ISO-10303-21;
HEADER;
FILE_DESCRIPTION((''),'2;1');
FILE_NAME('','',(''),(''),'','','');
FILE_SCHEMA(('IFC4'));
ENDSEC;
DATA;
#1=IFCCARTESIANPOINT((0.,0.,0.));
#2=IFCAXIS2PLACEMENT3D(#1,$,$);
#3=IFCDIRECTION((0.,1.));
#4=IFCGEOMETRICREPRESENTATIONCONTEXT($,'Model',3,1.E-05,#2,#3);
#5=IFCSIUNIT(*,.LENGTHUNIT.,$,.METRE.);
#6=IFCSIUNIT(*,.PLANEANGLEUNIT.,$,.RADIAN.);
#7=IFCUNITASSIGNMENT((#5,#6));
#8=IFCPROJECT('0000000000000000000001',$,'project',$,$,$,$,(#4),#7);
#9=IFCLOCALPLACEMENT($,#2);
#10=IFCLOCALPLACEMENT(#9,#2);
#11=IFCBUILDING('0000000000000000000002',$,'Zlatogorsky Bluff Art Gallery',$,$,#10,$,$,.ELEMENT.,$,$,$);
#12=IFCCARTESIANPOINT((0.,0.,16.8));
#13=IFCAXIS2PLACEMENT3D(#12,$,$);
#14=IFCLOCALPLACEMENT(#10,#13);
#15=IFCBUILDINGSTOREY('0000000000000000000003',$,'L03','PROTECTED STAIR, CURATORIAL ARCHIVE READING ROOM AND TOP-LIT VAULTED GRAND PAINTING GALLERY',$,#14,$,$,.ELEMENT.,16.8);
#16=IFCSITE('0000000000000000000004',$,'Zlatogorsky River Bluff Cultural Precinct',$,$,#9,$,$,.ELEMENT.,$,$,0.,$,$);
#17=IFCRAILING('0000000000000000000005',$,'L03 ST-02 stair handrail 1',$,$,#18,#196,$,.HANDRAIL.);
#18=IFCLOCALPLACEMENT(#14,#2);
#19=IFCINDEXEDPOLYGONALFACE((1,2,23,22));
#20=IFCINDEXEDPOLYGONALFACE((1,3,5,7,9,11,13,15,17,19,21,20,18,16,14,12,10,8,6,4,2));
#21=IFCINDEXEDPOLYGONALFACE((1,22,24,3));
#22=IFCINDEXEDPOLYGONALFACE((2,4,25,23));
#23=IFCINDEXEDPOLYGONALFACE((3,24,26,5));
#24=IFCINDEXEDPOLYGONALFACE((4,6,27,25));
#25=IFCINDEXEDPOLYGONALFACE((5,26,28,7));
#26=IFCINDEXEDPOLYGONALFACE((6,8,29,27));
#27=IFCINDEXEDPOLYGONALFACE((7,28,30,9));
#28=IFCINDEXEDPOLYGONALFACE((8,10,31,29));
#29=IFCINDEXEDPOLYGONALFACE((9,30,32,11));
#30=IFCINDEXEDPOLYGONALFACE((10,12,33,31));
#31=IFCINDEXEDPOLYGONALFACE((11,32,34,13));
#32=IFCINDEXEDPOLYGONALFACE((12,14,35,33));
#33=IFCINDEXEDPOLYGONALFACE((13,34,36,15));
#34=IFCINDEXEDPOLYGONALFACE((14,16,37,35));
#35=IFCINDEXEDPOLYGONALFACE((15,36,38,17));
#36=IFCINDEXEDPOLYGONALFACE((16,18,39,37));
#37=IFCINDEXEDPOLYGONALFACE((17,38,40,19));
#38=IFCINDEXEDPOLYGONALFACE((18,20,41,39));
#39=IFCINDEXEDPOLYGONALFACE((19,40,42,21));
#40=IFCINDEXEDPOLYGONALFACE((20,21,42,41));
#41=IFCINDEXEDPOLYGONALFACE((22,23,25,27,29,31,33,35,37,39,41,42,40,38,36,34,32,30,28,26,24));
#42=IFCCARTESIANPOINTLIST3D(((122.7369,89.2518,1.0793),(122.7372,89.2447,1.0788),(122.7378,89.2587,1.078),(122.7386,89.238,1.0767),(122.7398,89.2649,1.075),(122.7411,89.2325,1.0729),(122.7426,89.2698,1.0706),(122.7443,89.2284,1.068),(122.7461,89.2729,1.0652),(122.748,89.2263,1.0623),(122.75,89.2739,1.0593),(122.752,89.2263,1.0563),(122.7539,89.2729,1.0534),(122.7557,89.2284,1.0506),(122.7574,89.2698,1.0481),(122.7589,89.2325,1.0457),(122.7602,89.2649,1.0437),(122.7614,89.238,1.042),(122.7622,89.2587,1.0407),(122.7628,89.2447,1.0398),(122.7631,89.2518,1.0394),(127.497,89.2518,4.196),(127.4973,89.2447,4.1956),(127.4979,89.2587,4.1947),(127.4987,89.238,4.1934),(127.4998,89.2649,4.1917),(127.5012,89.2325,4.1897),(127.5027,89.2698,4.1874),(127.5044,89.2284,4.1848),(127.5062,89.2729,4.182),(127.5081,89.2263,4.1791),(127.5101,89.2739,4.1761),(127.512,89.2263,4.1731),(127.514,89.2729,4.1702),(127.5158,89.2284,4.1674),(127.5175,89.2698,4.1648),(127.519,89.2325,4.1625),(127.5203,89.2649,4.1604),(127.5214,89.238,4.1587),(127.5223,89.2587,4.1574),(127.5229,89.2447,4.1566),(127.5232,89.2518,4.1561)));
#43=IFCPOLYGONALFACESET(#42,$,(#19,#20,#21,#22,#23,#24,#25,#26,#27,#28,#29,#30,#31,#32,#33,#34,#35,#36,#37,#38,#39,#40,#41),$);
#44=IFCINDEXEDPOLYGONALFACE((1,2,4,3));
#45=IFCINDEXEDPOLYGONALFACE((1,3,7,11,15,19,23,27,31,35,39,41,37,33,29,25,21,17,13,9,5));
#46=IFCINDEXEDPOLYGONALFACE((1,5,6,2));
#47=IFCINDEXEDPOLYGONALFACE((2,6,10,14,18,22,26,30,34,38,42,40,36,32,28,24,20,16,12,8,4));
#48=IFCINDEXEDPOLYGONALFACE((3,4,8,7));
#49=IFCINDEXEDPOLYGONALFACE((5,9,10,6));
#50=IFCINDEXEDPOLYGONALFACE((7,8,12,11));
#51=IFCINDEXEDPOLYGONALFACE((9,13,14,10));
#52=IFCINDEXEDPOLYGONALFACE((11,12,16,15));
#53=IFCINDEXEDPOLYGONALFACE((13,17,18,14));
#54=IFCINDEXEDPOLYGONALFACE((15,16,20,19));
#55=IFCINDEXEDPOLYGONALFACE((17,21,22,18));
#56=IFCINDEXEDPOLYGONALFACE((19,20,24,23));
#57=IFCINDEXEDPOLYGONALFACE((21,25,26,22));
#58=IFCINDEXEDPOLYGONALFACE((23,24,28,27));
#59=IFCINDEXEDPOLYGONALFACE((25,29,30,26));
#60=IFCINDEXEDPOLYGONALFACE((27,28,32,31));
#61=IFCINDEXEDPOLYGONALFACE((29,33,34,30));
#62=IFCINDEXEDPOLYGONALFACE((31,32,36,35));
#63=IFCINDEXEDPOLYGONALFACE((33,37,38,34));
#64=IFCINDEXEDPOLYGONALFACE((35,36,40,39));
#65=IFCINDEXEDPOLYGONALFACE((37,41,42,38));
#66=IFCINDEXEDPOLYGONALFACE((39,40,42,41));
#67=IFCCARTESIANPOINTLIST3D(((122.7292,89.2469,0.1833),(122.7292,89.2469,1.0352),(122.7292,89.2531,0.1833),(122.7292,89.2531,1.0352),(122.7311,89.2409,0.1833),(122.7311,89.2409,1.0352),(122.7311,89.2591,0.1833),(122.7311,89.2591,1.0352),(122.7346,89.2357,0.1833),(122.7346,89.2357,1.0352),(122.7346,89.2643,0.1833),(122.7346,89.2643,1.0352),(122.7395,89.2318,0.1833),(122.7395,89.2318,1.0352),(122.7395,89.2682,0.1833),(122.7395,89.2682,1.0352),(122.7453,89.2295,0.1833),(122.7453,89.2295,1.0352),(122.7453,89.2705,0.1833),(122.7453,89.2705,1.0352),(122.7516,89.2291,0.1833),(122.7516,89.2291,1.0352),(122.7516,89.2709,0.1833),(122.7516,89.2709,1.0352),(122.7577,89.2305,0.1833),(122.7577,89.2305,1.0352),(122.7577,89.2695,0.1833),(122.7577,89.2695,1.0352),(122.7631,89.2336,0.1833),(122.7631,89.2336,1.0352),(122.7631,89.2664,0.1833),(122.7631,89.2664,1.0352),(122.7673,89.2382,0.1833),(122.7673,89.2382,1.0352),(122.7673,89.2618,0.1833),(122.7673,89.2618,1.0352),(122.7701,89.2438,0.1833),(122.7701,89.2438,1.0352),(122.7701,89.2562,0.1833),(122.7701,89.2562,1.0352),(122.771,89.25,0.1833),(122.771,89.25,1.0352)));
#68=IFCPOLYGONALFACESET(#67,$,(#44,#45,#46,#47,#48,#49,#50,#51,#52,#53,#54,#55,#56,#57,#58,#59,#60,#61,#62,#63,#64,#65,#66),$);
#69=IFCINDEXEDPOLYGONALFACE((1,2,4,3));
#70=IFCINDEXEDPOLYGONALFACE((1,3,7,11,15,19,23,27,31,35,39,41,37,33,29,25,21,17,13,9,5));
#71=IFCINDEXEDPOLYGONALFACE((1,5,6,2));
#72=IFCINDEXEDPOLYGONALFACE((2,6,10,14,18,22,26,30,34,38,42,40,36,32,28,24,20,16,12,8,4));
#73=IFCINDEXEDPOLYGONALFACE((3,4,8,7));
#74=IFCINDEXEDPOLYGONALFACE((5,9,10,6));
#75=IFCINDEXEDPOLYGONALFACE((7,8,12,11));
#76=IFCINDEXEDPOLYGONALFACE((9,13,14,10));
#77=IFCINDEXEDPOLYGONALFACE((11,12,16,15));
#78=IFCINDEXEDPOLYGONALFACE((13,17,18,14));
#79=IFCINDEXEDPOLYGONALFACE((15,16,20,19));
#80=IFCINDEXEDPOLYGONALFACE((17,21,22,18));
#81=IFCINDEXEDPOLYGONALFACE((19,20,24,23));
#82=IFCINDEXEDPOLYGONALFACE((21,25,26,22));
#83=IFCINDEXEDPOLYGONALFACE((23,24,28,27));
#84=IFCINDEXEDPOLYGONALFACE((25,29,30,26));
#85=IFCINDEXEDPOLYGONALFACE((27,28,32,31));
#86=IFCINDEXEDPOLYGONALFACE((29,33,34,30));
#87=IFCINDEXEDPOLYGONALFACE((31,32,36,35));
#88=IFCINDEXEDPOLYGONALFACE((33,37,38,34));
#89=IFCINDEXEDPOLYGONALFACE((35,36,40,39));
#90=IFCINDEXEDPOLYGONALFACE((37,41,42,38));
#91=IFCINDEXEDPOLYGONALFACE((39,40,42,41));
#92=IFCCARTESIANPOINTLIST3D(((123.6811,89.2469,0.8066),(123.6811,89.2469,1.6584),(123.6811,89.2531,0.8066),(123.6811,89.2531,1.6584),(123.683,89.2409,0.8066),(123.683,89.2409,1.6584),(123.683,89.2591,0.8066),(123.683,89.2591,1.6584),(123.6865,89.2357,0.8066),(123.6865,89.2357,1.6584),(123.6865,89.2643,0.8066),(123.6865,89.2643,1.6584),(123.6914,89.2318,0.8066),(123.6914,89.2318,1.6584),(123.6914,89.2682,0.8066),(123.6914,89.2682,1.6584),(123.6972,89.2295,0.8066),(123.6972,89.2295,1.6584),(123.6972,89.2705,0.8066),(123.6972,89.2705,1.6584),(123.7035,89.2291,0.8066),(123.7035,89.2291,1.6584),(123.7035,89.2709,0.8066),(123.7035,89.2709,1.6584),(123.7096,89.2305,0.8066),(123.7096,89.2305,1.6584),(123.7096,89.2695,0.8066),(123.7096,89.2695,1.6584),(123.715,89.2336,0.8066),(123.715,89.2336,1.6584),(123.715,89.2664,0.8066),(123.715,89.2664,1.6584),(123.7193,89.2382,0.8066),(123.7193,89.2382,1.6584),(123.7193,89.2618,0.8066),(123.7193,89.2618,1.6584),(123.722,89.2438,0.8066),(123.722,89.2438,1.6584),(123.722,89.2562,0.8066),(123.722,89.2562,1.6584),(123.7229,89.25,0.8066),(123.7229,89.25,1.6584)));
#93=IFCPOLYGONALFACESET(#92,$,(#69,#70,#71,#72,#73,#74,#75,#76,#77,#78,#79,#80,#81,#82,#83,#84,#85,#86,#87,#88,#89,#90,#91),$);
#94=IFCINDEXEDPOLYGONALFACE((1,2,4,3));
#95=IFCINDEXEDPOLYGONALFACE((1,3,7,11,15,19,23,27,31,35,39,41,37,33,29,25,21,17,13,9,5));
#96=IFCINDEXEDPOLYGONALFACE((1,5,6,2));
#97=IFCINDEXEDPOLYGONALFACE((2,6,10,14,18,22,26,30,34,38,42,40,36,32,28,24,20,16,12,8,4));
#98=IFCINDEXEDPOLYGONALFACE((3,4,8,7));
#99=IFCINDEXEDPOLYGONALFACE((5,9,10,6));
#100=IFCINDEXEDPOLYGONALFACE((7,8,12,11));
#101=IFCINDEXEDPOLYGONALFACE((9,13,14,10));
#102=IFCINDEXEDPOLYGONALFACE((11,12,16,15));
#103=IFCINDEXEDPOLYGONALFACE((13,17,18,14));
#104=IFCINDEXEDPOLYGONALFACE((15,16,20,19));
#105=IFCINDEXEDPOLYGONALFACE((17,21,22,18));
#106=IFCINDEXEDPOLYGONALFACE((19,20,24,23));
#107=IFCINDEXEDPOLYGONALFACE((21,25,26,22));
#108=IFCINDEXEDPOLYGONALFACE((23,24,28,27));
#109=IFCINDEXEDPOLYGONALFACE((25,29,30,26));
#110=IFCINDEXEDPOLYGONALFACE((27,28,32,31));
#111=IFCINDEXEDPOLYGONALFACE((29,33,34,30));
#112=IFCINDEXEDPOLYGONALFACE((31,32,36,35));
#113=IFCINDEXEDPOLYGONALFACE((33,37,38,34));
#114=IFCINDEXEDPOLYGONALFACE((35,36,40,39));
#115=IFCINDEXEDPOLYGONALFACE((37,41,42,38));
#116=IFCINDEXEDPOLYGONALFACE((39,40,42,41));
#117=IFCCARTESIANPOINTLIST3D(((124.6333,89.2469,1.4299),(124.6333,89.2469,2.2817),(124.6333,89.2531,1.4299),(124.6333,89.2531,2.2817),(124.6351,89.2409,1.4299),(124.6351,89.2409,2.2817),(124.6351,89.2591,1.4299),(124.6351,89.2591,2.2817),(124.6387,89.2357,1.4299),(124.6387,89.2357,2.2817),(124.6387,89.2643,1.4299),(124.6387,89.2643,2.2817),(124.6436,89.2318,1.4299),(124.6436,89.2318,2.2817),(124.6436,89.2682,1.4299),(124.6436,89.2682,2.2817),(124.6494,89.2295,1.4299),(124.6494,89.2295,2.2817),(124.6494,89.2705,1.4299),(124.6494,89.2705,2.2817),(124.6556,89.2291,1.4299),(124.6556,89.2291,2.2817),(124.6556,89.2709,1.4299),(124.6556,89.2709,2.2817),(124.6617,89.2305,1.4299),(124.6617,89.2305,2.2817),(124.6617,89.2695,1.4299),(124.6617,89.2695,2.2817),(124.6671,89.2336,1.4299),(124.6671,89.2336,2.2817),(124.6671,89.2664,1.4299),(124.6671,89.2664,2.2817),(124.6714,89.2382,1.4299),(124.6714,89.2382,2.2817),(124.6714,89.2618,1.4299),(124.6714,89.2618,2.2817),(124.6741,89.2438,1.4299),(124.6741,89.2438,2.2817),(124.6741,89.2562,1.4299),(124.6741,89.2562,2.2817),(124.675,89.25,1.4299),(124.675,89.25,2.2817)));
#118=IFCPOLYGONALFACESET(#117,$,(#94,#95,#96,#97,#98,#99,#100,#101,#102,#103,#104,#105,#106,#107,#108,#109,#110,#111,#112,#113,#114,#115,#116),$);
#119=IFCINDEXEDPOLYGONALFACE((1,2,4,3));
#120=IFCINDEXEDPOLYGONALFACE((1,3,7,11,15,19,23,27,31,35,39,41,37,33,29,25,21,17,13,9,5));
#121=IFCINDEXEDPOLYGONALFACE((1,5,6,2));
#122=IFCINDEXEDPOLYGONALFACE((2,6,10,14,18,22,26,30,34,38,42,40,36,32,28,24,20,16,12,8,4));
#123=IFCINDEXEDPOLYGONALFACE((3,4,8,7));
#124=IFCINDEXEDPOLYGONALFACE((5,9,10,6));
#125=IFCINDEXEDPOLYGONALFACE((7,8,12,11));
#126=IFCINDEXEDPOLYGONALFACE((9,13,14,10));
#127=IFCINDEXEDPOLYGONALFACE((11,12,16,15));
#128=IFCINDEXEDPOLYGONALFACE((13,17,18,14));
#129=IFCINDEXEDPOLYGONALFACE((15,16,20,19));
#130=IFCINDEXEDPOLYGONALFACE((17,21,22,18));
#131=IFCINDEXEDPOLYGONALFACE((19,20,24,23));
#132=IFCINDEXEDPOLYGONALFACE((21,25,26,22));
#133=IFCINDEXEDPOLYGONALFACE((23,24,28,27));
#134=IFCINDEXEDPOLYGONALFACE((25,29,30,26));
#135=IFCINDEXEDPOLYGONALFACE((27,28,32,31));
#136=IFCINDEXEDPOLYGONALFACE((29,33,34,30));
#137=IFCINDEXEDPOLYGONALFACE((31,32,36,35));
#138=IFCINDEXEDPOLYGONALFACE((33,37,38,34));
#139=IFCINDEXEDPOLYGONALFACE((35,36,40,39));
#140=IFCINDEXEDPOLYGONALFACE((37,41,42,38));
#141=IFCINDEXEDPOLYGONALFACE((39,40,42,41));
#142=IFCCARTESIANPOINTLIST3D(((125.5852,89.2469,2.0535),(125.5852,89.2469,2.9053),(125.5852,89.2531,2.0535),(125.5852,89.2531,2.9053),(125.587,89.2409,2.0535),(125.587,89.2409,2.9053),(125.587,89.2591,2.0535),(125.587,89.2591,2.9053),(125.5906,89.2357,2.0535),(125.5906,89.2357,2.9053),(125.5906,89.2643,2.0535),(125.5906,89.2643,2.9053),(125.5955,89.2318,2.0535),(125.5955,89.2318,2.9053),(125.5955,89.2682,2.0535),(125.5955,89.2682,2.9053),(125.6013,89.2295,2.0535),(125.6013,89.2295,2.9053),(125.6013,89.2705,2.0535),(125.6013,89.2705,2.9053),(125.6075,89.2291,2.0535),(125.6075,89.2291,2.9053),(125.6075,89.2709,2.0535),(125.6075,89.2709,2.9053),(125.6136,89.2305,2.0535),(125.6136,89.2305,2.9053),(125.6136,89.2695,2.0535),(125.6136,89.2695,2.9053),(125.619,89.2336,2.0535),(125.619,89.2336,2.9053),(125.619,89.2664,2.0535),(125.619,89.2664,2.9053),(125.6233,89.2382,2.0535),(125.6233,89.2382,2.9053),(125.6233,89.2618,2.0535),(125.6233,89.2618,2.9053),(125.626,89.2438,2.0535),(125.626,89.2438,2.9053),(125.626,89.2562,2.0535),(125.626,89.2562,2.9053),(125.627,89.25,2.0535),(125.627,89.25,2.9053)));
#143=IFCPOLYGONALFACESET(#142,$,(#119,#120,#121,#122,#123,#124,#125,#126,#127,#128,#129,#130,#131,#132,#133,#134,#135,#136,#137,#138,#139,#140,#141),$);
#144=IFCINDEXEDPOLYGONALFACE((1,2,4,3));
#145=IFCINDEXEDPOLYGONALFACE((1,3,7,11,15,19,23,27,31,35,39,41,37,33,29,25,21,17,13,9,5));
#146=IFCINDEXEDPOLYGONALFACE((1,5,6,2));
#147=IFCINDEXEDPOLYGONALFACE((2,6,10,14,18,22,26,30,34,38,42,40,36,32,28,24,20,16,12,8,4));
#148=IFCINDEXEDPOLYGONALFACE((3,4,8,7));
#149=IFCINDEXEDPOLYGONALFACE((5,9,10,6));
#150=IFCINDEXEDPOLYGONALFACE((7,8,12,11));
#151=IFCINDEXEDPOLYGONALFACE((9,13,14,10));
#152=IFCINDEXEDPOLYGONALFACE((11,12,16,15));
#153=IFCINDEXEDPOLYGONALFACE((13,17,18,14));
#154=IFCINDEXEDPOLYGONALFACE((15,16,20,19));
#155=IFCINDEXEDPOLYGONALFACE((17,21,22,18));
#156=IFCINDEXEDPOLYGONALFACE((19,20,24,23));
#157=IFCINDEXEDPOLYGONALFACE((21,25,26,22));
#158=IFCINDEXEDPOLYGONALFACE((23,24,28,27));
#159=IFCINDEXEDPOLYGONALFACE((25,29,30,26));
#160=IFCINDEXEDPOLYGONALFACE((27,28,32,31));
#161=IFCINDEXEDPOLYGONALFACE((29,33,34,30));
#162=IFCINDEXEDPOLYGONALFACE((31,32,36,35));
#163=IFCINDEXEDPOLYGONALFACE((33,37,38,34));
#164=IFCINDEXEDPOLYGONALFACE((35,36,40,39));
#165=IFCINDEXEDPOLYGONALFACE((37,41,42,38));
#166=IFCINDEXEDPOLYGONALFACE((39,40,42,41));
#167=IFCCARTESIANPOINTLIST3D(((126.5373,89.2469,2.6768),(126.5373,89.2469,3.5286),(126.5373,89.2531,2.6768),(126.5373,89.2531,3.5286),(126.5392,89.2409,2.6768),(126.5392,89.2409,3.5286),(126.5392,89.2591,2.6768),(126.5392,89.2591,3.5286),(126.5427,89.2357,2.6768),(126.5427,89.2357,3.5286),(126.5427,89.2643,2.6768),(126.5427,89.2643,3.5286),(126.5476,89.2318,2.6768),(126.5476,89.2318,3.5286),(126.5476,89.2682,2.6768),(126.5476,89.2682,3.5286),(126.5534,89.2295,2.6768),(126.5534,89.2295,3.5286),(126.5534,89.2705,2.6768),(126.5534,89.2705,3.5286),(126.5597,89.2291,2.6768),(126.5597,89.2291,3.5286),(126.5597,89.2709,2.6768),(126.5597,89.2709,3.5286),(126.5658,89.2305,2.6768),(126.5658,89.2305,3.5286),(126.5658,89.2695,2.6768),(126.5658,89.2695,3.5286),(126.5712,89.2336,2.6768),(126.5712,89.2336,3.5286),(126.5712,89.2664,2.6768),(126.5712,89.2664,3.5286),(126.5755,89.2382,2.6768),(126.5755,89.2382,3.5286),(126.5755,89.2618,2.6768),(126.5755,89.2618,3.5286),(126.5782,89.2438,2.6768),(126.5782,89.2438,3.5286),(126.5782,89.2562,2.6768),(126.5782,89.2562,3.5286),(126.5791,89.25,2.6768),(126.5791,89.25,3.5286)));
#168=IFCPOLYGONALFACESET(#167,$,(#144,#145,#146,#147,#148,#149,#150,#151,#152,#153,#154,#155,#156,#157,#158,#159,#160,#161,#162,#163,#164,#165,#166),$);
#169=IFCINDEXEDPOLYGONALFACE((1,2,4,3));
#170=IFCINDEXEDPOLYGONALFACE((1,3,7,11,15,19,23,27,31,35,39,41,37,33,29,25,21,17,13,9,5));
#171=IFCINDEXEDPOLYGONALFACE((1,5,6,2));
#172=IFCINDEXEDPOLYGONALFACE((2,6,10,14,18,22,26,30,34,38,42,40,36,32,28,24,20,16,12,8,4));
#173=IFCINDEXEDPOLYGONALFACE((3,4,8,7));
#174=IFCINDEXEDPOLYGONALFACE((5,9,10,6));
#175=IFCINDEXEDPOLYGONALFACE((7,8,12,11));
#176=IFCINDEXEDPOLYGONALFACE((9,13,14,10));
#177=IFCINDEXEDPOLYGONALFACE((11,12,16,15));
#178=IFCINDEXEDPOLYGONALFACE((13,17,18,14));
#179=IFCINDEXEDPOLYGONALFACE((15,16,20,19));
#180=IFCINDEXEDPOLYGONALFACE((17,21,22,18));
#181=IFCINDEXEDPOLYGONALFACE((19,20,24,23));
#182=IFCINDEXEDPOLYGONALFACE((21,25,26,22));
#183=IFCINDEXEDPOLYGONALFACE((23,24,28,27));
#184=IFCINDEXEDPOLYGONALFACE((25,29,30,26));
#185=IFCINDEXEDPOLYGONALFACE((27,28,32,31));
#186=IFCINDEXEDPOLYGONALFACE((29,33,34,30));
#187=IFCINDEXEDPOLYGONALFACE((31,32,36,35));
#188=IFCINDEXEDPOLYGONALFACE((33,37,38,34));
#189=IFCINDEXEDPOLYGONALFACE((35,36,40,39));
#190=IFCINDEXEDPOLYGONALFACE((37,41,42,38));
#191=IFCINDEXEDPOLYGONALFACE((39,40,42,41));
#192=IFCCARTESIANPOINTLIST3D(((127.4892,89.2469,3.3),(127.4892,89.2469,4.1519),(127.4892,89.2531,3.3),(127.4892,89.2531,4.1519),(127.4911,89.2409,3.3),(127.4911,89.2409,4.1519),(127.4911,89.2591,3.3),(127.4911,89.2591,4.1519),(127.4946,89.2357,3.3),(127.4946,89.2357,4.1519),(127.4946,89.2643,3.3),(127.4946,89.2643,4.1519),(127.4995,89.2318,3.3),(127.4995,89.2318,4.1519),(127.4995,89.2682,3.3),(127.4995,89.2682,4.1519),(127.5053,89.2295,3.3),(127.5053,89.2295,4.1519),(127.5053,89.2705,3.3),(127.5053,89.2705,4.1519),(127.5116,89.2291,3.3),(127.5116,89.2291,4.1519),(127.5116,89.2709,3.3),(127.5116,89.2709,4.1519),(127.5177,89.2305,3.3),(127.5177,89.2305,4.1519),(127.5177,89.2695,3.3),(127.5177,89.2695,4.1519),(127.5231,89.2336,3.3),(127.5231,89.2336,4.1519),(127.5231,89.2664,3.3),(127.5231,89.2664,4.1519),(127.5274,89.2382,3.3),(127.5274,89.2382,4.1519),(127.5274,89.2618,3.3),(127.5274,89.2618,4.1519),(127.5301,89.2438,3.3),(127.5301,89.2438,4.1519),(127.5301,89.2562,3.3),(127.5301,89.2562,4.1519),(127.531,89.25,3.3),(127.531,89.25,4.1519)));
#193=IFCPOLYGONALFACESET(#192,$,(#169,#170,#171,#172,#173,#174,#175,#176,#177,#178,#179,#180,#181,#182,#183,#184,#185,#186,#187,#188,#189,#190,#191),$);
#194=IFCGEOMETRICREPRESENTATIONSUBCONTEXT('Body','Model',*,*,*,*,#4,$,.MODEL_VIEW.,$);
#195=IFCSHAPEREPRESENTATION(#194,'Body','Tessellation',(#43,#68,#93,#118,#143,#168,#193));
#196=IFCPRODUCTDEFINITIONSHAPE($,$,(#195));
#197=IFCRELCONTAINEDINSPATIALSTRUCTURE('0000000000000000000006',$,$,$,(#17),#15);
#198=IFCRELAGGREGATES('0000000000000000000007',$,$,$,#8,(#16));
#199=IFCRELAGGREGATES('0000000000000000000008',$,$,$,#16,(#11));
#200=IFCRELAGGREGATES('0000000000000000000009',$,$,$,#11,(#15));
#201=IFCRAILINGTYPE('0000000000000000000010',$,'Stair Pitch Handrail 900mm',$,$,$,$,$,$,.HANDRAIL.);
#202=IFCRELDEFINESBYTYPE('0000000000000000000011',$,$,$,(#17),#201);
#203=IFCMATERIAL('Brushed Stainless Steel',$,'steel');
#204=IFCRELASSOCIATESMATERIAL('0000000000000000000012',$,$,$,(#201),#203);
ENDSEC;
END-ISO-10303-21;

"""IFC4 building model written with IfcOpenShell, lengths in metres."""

from ifc_helpers import new_model, si_unit, direction, frame, origin, origin_2d, place, context, subcontext, project, spatial, circle, extrude, material, type_object, element, save


model = new_model("IFC4")

# Units and contexts
model_context = context("Model", 3, precision=1e-05, world=origin(), true_north=direction((0.0, 1.0)))
body_context = subcontext(model_context, "Body", "Model", "MODEL_VIEW")
ifc_project = project(units=[si_unit("LENGTHUNIT", "METRE"), si_unit("PLANEANGLEUNIT", "RADIAN")], contexts=[model_context])

# Site, building, storey
site_placement = place(None, origin())
site = spatial("IfcSite", under=ifc_project, at=site_placement, Name="Zlatogorsky River Bluff Cultural Precinct", CompositionType="ELEMENT", RefElevation=0.0)
building_placement = place(site_placement, origin())
building = spatial("IfcBuilding", under=site, at=building_placement, Name="Zlatogorsky Bluff Art Gallery", CompositionType="ELEMENT")
storey_placement = place(building_placement, frame((0.0, 0.0, 16.8)))
storey = spatial("IfcBuildingStorey", under=building, at=storey_placement, Name="L03", Description="PROTECTED STAIR, CURATORIAL ARCHIVE READING ROOM AND TOP-LIT VAULTED GRAND PAINTING GALLERY", CompositionType="ELEMENT", Elevation=16.8)

# Railing
ifc_material_1 = material(Name="Brushed Stainless Steel", Category="steel")
railing_type_1 = type_object("IfcRailingType", Name="Stair Pitch Handrail 900mm", PredefinedType="HANDRAIL", material=ifc_material_1)
railing_1_placement = place(storey_placement, frame((122.75, 89.25, 0.1833)))
element("IfcRailing", 1, at=railing_1_placement, inside=storey, type_object=railing_type_1, Name="L03 ST-02 stair handrail 1", PredefinedType="HANDRAIL", context=body_context, shape_type="SweptSolid", body=[
    extrude(circle(Radius=0.0239, at=origin_2d()), frame((0.0, 0.0, 0.876), z_axis=(0.836616, 0.0, 0.547789), x_axis=(0.0, 1.0, 0.0)), (0.0, 0.0, 1.0), 5.6897),
    extrude(circle(Radius=0.021, at=origin_2d()), origin(), (0.0, 0.0, 1.0), 0.8518),
    extrude(circle(Radius=0.021, at=origin_2d()), frame((0.9519, 0.0, 0.6233)), (0.0, 0.0, 1.0), 0.8518),
    extrude(circle(Radius=0.021, at=origin_2d()), frame((1.9041, 0.0, 1.2466)), (0.0, 0.0, 1.0), 0.8518),
    extrude(circle(Radius=0.021, at=origin_2d()), frame((2.856, 0.0, 1.8701)), (0.0, 0.0, 1.0), 0.8518),
    extrude(circle(Radius=0.021, at=origin_2d()), frame((3.8081, 0.0, 2.4934)), (0.0, 0.0, 1.0), 0.8518),
    extrude(circle(Radius=0.021, at=origin_2d()), frame((4.76, 0.0, 3.1167)), (0.0, 0.0, 1.0), 0.8518),
])

save(model, "model.ifc")
